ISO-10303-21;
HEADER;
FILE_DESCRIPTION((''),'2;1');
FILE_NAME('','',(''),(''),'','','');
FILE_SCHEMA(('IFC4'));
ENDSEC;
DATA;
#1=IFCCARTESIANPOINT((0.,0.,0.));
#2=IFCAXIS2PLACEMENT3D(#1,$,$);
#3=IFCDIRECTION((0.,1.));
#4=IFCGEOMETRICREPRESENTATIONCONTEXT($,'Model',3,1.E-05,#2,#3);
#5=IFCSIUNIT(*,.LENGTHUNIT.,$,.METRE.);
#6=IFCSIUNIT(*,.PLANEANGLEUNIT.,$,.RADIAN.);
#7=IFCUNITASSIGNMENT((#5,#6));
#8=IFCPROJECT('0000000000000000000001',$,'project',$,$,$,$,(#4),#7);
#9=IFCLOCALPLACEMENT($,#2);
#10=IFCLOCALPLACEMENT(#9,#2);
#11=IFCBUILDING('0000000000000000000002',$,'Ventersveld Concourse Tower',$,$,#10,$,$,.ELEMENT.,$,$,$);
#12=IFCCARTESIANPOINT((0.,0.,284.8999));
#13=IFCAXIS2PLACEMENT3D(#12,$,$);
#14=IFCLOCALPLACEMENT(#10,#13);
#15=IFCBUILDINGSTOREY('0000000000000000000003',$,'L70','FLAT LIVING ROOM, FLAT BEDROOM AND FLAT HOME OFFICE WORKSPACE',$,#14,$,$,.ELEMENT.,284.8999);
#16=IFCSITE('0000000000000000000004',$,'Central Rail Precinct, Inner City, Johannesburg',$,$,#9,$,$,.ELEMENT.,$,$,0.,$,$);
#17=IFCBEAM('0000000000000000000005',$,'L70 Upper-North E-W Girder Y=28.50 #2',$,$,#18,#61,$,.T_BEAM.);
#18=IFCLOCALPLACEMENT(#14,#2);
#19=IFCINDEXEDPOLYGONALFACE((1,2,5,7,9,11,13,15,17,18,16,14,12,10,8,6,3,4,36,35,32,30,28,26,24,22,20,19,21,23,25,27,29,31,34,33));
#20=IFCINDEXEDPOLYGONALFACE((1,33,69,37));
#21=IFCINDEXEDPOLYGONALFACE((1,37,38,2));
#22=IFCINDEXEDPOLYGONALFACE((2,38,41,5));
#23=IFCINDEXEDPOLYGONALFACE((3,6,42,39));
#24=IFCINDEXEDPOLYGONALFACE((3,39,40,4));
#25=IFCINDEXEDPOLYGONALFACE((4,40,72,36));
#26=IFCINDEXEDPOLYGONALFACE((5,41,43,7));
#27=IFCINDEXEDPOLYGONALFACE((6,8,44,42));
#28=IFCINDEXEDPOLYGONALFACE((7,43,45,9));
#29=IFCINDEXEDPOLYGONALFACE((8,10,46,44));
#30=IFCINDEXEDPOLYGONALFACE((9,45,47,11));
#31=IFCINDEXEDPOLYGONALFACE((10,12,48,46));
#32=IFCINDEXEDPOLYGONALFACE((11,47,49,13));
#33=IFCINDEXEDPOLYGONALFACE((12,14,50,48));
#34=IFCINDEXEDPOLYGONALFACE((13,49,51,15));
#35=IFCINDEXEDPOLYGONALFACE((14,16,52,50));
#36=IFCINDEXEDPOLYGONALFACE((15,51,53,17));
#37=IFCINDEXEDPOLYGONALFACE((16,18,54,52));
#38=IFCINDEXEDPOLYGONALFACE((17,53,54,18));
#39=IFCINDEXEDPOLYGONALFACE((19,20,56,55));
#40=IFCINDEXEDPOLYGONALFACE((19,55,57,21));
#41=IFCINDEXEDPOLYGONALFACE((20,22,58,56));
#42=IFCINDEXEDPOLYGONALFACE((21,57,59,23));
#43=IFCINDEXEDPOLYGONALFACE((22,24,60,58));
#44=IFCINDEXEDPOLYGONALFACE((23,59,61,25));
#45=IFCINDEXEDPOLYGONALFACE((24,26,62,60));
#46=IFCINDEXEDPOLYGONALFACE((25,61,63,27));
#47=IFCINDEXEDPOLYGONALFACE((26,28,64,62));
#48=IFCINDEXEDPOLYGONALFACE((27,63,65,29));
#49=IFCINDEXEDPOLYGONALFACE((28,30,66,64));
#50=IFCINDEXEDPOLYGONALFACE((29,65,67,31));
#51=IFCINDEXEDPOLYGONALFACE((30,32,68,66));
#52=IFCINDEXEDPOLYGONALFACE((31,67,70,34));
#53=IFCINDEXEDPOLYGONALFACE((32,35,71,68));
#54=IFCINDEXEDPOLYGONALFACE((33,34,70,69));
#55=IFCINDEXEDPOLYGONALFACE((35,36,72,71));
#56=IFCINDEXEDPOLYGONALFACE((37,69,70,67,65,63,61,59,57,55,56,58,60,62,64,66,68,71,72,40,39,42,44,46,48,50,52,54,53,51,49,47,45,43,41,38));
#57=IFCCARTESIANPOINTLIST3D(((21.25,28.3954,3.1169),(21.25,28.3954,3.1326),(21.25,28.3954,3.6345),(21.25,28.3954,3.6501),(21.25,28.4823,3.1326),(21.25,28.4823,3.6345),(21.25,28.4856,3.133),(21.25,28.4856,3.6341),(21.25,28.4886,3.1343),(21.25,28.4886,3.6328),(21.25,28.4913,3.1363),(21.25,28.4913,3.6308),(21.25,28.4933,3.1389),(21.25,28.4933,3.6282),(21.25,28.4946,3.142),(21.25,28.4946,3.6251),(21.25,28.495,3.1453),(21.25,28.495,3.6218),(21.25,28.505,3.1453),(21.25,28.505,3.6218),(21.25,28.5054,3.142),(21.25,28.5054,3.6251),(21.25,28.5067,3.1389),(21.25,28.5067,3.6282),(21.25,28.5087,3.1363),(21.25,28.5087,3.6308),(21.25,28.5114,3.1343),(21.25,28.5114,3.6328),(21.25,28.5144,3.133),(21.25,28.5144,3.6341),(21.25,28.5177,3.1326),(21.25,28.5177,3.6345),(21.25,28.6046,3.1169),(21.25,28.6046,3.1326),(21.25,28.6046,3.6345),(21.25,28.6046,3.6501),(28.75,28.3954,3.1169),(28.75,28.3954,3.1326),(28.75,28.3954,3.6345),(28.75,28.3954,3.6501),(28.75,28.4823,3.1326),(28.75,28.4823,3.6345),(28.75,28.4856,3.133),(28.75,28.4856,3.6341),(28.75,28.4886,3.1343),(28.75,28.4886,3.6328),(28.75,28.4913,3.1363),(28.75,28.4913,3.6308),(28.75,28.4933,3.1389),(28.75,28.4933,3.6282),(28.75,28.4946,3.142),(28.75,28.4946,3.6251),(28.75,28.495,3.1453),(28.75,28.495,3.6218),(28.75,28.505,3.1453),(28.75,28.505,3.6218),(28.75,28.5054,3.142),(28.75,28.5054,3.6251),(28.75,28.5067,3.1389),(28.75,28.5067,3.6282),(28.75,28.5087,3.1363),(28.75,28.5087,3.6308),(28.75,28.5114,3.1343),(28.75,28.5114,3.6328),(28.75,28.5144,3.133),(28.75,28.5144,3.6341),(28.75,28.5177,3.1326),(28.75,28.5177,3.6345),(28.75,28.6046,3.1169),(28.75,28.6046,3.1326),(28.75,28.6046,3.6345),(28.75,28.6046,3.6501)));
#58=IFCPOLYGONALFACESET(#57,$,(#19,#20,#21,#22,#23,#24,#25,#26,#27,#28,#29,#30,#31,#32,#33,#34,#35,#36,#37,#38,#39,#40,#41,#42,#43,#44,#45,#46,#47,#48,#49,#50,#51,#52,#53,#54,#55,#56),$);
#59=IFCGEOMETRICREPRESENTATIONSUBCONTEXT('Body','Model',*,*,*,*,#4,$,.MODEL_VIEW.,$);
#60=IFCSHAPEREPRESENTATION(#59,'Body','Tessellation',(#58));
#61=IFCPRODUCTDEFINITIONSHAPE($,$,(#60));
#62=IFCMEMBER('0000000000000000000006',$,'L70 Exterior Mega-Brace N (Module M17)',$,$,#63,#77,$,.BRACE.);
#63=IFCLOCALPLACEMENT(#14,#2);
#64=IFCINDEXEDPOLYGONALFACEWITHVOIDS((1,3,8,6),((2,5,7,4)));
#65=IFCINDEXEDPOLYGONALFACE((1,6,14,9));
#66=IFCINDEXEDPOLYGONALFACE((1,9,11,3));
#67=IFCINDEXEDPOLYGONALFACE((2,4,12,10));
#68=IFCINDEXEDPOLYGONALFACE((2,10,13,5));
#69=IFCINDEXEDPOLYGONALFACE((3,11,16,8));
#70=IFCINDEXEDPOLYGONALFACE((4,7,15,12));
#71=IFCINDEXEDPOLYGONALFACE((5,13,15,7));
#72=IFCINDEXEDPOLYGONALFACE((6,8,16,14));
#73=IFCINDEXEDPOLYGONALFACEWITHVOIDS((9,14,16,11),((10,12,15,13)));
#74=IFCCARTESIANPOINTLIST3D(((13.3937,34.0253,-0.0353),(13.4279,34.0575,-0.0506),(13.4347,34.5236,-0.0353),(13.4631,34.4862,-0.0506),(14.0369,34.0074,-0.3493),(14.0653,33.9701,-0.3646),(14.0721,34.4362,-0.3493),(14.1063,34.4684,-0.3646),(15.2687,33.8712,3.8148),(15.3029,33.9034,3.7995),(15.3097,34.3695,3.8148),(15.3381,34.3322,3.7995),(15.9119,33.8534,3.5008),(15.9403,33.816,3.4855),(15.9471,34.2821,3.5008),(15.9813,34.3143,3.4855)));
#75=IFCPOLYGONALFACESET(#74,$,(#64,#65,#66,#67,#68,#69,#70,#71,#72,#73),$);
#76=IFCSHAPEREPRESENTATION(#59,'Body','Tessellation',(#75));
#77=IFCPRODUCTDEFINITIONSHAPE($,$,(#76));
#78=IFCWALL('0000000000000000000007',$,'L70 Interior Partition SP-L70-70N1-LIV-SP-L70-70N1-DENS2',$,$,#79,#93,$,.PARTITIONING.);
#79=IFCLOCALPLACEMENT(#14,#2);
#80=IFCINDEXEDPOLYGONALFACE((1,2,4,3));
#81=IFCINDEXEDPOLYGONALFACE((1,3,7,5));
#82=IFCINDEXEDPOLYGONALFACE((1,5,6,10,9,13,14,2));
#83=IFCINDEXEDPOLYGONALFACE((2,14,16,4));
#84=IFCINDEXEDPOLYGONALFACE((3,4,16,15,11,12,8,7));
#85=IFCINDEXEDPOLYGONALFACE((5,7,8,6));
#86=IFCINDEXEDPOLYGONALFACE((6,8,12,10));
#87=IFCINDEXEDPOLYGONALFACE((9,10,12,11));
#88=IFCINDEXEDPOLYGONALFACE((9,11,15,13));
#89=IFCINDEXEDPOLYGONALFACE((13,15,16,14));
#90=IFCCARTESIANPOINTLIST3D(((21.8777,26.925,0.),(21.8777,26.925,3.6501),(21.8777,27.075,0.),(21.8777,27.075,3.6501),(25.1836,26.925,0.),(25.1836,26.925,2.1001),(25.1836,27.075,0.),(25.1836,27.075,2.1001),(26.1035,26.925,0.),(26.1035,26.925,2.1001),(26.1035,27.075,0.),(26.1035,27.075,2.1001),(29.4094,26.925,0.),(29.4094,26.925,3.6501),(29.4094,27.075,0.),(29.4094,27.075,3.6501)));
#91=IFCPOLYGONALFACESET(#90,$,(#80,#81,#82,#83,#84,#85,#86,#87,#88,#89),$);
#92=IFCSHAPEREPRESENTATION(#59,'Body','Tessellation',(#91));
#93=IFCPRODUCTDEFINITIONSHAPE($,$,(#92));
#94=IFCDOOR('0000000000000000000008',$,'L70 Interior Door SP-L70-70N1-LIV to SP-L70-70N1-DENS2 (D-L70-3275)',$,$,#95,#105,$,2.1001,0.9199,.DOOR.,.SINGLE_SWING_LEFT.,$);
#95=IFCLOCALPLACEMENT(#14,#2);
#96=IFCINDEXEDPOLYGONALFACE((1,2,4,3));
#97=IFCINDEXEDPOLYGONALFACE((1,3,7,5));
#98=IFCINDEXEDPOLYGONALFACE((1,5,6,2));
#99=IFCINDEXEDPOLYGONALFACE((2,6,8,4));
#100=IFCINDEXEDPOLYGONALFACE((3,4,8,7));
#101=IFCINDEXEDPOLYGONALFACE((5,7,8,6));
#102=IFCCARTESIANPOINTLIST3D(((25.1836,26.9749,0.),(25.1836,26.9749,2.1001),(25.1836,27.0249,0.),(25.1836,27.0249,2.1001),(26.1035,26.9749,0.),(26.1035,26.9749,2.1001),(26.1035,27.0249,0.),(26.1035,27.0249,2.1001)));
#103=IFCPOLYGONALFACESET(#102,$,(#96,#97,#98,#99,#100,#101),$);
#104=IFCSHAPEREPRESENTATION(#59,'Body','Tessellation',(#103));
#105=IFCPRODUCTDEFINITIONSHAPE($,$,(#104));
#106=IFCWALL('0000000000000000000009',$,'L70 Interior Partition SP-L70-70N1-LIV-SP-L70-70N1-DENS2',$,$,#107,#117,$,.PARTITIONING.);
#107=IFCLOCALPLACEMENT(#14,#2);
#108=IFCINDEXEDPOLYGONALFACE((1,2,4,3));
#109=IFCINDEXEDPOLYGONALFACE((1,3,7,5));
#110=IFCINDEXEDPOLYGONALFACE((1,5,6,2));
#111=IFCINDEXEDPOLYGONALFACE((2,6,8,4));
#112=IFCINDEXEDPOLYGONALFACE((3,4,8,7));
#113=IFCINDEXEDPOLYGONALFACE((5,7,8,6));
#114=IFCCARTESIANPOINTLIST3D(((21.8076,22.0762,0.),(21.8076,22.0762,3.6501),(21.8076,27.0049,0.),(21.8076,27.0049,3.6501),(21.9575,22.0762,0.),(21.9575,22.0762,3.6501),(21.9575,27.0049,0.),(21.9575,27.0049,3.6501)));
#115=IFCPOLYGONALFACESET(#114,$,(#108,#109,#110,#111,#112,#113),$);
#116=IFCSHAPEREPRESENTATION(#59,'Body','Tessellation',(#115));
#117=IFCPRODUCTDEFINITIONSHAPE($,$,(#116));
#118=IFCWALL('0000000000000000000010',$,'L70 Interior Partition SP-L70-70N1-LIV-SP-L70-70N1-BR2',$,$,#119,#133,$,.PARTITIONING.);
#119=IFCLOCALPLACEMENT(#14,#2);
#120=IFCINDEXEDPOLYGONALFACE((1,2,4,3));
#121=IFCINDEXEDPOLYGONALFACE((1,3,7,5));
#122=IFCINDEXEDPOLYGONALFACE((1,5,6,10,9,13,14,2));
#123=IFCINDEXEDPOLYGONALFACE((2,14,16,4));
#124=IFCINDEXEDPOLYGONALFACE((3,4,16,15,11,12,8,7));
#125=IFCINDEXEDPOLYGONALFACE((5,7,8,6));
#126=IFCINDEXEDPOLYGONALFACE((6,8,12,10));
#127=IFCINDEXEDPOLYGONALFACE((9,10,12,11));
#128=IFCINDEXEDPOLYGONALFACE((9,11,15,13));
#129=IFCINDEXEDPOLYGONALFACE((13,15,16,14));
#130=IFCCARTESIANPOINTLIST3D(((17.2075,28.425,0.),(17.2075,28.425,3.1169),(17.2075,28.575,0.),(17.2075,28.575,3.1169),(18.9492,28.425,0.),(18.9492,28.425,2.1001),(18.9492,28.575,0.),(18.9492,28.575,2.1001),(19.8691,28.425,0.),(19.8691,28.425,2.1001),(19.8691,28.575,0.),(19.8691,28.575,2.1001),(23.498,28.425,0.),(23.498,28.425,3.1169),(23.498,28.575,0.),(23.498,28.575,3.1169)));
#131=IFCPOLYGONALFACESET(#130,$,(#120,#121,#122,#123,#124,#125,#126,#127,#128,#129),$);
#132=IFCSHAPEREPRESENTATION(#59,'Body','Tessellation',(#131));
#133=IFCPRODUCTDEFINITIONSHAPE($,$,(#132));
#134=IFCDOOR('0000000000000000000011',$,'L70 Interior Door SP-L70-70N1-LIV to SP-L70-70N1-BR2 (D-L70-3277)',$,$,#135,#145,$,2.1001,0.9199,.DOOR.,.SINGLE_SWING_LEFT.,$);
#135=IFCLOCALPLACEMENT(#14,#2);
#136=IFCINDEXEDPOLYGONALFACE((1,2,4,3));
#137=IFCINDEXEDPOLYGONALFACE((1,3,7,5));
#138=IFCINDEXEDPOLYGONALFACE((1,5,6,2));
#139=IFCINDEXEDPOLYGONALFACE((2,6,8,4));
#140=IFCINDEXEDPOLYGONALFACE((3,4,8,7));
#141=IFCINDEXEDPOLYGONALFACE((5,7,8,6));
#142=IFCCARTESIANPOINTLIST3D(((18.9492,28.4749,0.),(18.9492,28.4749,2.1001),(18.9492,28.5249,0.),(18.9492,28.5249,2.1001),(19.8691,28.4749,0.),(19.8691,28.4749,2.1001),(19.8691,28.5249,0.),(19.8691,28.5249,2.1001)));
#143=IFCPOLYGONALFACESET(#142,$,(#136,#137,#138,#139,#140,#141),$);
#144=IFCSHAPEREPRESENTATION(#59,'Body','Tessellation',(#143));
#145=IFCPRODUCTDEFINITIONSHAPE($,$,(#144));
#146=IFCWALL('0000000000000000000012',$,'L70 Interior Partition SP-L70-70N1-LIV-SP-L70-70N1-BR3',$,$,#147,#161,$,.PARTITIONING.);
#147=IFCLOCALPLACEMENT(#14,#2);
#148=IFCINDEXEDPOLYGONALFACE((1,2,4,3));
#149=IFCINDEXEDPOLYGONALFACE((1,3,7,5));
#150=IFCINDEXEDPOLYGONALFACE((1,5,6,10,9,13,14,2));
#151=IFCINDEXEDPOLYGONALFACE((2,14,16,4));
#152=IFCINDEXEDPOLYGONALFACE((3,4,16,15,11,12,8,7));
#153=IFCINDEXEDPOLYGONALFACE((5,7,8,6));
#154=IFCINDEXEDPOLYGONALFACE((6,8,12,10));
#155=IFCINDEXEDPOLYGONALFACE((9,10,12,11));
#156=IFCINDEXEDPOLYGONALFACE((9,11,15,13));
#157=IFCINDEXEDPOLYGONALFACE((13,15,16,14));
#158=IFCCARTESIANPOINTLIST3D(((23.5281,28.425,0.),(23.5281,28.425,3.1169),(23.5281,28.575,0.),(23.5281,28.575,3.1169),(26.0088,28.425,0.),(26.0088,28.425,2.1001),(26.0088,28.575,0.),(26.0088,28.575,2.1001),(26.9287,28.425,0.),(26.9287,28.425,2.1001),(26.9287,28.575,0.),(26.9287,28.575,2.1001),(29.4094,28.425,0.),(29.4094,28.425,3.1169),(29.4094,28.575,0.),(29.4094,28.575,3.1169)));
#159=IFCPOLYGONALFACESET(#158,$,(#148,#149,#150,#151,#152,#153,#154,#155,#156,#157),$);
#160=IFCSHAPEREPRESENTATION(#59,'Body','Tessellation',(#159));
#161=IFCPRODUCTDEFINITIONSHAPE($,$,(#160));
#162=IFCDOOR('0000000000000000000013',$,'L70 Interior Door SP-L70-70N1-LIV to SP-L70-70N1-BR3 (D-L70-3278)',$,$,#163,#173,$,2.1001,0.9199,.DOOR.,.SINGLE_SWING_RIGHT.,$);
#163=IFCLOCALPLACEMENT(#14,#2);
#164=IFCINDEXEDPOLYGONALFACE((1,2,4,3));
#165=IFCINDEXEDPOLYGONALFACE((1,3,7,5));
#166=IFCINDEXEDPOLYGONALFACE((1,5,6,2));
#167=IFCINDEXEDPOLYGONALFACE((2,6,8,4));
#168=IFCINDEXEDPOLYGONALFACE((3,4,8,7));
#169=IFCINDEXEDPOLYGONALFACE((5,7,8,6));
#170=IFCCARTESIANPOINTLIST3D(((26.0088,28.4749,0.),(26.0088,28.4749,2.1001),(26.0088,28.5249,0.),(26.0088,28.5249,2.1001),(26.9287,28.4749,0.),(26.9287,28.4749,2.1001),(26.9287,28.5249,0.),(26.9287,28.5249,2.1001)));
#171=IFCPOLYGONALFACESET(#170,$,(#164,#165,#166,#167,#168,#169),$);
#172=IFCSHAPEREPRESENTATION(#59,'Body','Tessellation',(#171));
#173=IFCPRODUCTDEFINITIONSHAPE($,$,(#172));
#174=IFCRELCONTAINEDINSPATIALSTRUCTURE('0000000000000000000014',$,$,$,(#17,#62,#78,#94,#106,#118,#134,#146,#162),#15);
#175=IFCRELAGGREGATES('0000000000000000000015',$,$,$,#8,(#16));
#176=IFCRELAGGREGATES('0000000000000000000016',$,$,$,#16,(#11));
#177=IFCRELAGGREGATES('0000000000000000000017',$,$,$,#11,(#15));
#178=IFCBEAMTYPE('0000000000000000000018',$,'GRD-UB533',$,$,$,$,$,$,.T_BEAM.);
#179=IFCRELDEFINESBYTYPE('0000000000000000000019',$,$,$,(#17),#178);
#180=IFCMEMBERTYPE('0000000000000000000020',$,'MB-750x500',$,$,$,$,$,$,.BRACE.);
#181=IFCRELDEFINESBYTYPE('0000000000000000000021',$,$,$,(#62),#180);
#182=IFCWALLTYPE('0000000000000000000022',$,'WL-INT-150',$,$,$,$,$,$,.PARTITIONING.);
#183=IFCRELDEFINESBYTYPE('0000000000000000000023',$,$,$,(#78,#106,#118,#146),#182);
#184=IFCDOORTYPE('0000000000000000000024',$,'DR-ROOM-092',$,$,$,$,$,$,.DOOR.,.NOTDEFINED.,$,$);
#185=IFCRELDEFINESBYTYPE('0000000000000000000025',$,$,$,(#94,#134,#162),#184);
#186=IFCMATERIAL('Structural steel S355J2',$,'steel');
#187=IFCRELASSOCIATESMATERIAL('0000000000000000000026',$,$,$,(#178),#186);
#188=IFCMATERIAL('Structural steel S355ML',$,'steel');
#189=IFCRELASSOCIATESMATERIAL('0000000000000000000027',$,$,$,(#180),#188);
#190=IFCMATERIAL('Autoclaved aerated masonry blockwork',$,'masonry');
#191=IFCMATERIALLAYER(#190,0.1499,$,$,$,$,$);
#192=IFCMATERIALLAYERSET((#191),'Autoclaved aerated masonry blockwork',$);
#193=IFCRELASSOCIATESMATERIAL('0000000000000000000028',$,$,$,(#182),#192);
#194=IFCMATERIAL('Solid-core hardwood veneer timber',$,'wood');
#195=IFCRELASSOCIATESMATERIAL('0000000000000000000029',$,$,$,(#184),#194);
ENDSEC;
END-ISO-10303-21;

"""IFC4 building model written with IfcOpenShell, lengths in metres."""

from ifc_helpers import new_model, si_unit, direction, frame, frame_2d, origin, origin_2d, place, context, subcontext, project, spatial, rectangle, hollow_rectangle, i_section, extrude, material, layer, layer_set, material_profile, profile_set, type_object, element, fill, save


model = new_model("IFC4")

# Units and contexts
model_context = context("Model", 3, precision=1e-05, world=origin(), true_north=direction((0.0, 1.0)))
body_context = subcontext(model_context, "Body", "Model", "MODEL_VIEW")
ifc_project = project(units=[si_unit("LENGTHUNIT", "METRE"), si_unit("PLANEANGLEUNIT", "RADIAN")], contexts=[model_context])

# Site, building, storey
site_placement = place(None, origin())
site = spatial("IfcSite", under=ifc_project, at=site_placement, Name="Central Rail Precinct, Inner City, Johannesburg", CompositionType="ELEMENT", RefElevation=0.0)
building_placement = place(site_placement, origin())
building = spatial("IfcBuilding", under=site, at=building_placement, Name="Ventersveld Concourse Tower", CompositionType="ELEMENT")
storey_placement = place(building_placement, frame((0.0, 0.0, 284.8999)))
storey = spatial("IfcBuildingStorey", under=building, at=storey_placement, Name="L70", Description="FLAT LIVING ROOM, FLAT BEDROOM AND FLAT HOME OFFICE WORKSPACE", CompositionType="ELEMENT", Elevation=284.8999)

# Beam
ifc_material_1 = material(Name="Structural steel S355J2", Category="steel")
ifc_material_profile_1 = material_profile(ifc_material_1, i_section(OverallWidth=0.2092, OverallDepth=0.5332, WebThickness=0.01, FlangeThickness=0.0156, FilletRadius=0.0127, at=origin_2d()), Name="UB 533x210x92")
ifc_profile_set_1 = profile_set([ifc_material_profile_1], Name="Structural steel S355J2")
beam_type_1 = type_object("IfcBeamType", Name="GRD-UB533", PredefinedType="T_BEAM", material=ifc_profile_set_1)
for number, where, z_axis, x_axis, name in (
    (1, (21.25, 28.5, 3.3835), (1.0, 0.0, 0.0), (0.0, 1.0, 0.0), "L70 Upper-North E-W Girder Y=28.50 #2"),
):
    element("IfcBeam", number, at=place(storey_placement, frame(where, z_axis=z_axis, x_axis=x_axis)), inside=storey, type_object=beam_type_1, Name=name, PredefinedType="T_BEAM", context=body_context, shape_type="SweptSolid", body=[
        extrude(i_section(OverallWidth=0.2092, OverallDepth=0.5332, WebThickness=0.01, FlangeThickness=0.0156, FilletRadius=0.0127, at=origin_2d()), origin(), (0.0, 0.0, 1.0), 7.5),
    ])

# Member
ifc_material_2 = material(Name="Structural steel S355ML", Category="steel")
ifc_material_profile_2 = material_profile(ifc_material_2, hollow_rectangle(XDim=0.5, YDim=0.75, WallThickness=0.0349, at=origin_2d()), Name="BOX 750x500x35")
ifc_profile_set_2 = profile_set([ifc_material_profile_2], Name="Structural steel S355ML")
member_type = type_object("IfcMemberType", Name="MB-750x500", PredefinedType="BRACE", material=ifc_profile_set_2)
member_placement = place(storey_placement, frame((13.75, 34.2468, -0.2), z_axis=(0.437556, -0.03595, 0.898472), x_axis=(0.081886, 0.996642, 0.0)))
element("IfcMember", 2, at=member_placement, inside=storey, type_object=member_type, Name="L70 Exterior Mega-Brace N (Module M17)", PredefinedType="BRACE", context=body_context, shape_type="SweptSolid", body=[
    extrude(hollow_rectangle(XDim=0.5, YDim=0.75, WallThickness=0.0349, at=origin_2d()), origin(), (0.0, 0.0, 1.0), 4.2852),
])

# Wall, opening, door
ifc_material_3 = material(Name="Autoclaved aerated masonry blockwork", Category="masonry")
ifc_layer = layer(ifc_material_3, 0.1499)
ifc_layer_set = layer_set([ifc_layer], Name="Autoclaved aerated masonry blockwork")
wall_type = type_object("IfcWallType", Name="WL-INT-150", PredefinedType="PARTITIONING", material=ifc_layer_set)
wall_1_placement = place(storey_placement, frame((21.8777, 27.0, 0.0), z_axis=(0.0, 0.0, 1.0), x_axis=(1.0, 0.0, 0.0)))
wall_1 = element("IfcWall", 3, at=wall_1_placement, inside=storey, type_object=wall_type, Name="L70 Interior Partition SP-L70-70N1-LIV-SP-L70-70N1-DENS2", PredefinedType="PARTITIONING", context=body_context, shape_type="SweptSolid", body=[
    extrude(rectangle(XDim=7.5317, YDim=0.1499, at=frame_2d((3.7659, 0.0))), origin(), (0.0, 0.0, 1.0), 3.6501),
])
opening_1_placement = place(wall_1_placement, frame((3.3059, 0.0, 0.0)))
opening_1 = element("IfcOpeningElement", 4, at=opening_1_placement, cuts=wall_1, PredefinedType="OPENING", context=body_context, shape_type="SweptSolid", body=[
    extrude(rectangle(XDim=0.9199, YDim=2.1001, at=frame_2d((0.46, 1.05))), frame((0.0, 0.085, 0.0), z_axis=(0.0, -1.0, 0.0), x_axis=(1.0, 0.0, 0.0)), (0.0, 0.0, 1.0), 0.1699),
])
ifc_material_4 = material(Name="Solid-core hardwood veneer timber", Category="wood")
door_type = type_object("IfcDoorType", Name="DR-ROOM-092", OperationType="NOTDEFINED", PredefinedType="DOOR", material=ifc_material_4)
door_1_placement = place(opening_1_placement, origin())
door_1 = element("IfcDoor", 5, at=door_1_placement, inside=storey, type_object=door_type, Name="L70 Interior Door SP-L70-70N1-LIV to SP-L70-70N1-DENS2 (D-L70-3275)", OperationType="SINGLE_SWING_LEFT", OverallHeight=2.1001, OverallWidth=0.9199, PredefinedType="DOOR", context=body_context, shape_type="SweptSolid", body=[
    extrude(rectangle(XDim=0.9199, YDim=2.1001, at=frame_2d((0.46, 1.05))), frame((0.0, 0.0249, 0.0), z_axis=(0.0, -1.0, 0.0), x_axis=(1.0, 0.0, 0.0)), (0.0, 0.0, 1.0), 0.05),
])
fill(opening_1, door_1)

# Wall
wall_2_placement = place(storey_placement, frame((21.8826, 22.0762, 0.0), z_axis=(0.0, 0.0, 1.0), x_axis=(0.0, 1.0, 0.0)))
element("IfcWall", 6, at=wall_2_placement, inside=storey, type_object=wall_type, Name="L70 Interior Partition SP-L70-70N1-LIV-SP-L70-70N1-DENS2", PredefinedType="PARTITIONING", context=body_context, shape_type="SweptSolid", body=[
    extrude(rectangle(XDim=4.9287, YDim=0.1499, at=frame_2d((2.4644, 0.0))), origin(), (0.0, 0.0, 1.0), 3.6501),
])

# Walls, openings, doors
wall_3_placement = place(storey_placement, frame((17.2075, 28.5, 0.0), z_axis=(0.0, 0.0, 1.0), x_axis=(1.0, 0.0, 0.0)))
wall_3 = element("IfcWall", 7, at=wall_3_placement, inside=storey, type_object=wall_type, Name="L70 Interior Partition SP-L70-70N1-LIV-SP-L70-70N1-BR2", PredefinedType="PARTITIONING", context=body_context, shape_type="SweptSolid", body=[
    extrude(rectangle(XDim=6.2905, YDim=0.1499, at=frame_2d((3.1453, 0.0))), origin(), (0.0, 0.0, 1.0), 3.1169),
])
opening_2_placement = place(wall_3_placement, frame((1.7417, 0.0, 0.0)))
opening_2 = element("IfcOpeningElement", 8, at=opening_2_placement, cuts=wall_3, PredefinedType="OPENING", context=body_context, shape_type="SweptSolid", body=[
    extrude(rectangle(XDim=0.9199, YDim=2.1001, at=frame_2d((0.46, 1.05))), frame((0.0, 0.085, 0.0), z_axis=(0.0, -1.0, 0.0), x_axis=(1.0, 0.0, 0.0)), (0.0, 0.0, 1.0), 0.1699),
])
door_2_placement = place(opening_2_placement, origin())
door_2 = element("IfcDoor", 9, at=door_2_placement, inside=storey, type_object=door_type, Name="L70 Interior Door SP-L70-70N1-LIV to SP-L70-70N1-BR2 (D-L70-3277)", OperationType="SINGLE_SWING_LEFT", OverallHeight=2.1001, OverallWidth=0.9199, PredefinedType="DOOR", context=body_context, shape_type="SweptSolid", body=[
    extrude(rectangle(XDim=0.9199, YDim=2.1001, at=frame_2d((0.46, 1.05))), frame((0.0, 0.0249, 0.0), z_axis=(0.0, -1.0, 0.0), x_axis=(1.0, 0.0, 0.0)), (0.0, 0.0, 1.0), 0.05),
])
fill(opening_2, door_2)
wall_4_placement = place(storey_placement, frame((23.5281, 28.5, 0.0), z_axis=(0.0, 0.0, 1.0), x_axis=(1.0, 0.0, 0.0)))
wall_4 = element("IfcWall", 10, at=wall_4_placement, inside=storey, type_object=wall_type, Name="L70 Interior Partition SP-L70-70N1-LIV-SP-L70-70N1-BR3", PredefinedType="PARTITIONING", context=body_context, shape_type="SweptSolid", body=[
    extrude(rectangle(XDim=5.8813, YDim=0.1499, at=frame_2d((2.9407, 0.0))), origin(), (0.0, 0.0, 1.0), 3.1169),
])
opening_3_placement = place(wall_4_placement, frame((2.4807, 0.0, 0.0)))
opening_3 = element("IfcOpeningElement", 11, at=opening_3_placement, cuts=wall_4, PredefinedType="OPENING", context=body_context, shape_type="SweptSolid", body=[
    extrude(rectangle(XDim=0.9199, YDim=2.1001, at=frame_2d((0.46, 1.05))), frame((0.0, 0.085, 0.0), z_axis=(0.0, -1.0, 0.0), x_axis=(1.0, 0.0, 0.0)), (0.0, 0.0, 1.0), 0.1699),
])
door_3_placement = place(opening_3_placement, origin())
door_3 = element("IfcDoor", 12, at=door_3_placement, inside=storey, type_object=door_type, Name="L70 Interior Door SP-L70-70N1-LIV to SP-L70-70N1-BR3 (D-L70-3278)", OperationType="SINGLE_SWING_RIGHT", OverallHeight=2.1001, OverallWidth=0.9199, PredefinedType="DOOR", context=body_context, shape_type="SweptSolid", body=[
    extrude(rectangle(XDim=0.9199, YDim=2.1001, at=frame_2d((0.46, 1.05))), frame((0.0, 0.0249, 0.0), z_axis=(0.0, -1.0, 0.0), x_axis=(1.0, 0.0, 0.0)), (0.0, 0.0, 1.0), 0.05),
])
fill(opening_3, door_3)

save(model, "model.ifc")
